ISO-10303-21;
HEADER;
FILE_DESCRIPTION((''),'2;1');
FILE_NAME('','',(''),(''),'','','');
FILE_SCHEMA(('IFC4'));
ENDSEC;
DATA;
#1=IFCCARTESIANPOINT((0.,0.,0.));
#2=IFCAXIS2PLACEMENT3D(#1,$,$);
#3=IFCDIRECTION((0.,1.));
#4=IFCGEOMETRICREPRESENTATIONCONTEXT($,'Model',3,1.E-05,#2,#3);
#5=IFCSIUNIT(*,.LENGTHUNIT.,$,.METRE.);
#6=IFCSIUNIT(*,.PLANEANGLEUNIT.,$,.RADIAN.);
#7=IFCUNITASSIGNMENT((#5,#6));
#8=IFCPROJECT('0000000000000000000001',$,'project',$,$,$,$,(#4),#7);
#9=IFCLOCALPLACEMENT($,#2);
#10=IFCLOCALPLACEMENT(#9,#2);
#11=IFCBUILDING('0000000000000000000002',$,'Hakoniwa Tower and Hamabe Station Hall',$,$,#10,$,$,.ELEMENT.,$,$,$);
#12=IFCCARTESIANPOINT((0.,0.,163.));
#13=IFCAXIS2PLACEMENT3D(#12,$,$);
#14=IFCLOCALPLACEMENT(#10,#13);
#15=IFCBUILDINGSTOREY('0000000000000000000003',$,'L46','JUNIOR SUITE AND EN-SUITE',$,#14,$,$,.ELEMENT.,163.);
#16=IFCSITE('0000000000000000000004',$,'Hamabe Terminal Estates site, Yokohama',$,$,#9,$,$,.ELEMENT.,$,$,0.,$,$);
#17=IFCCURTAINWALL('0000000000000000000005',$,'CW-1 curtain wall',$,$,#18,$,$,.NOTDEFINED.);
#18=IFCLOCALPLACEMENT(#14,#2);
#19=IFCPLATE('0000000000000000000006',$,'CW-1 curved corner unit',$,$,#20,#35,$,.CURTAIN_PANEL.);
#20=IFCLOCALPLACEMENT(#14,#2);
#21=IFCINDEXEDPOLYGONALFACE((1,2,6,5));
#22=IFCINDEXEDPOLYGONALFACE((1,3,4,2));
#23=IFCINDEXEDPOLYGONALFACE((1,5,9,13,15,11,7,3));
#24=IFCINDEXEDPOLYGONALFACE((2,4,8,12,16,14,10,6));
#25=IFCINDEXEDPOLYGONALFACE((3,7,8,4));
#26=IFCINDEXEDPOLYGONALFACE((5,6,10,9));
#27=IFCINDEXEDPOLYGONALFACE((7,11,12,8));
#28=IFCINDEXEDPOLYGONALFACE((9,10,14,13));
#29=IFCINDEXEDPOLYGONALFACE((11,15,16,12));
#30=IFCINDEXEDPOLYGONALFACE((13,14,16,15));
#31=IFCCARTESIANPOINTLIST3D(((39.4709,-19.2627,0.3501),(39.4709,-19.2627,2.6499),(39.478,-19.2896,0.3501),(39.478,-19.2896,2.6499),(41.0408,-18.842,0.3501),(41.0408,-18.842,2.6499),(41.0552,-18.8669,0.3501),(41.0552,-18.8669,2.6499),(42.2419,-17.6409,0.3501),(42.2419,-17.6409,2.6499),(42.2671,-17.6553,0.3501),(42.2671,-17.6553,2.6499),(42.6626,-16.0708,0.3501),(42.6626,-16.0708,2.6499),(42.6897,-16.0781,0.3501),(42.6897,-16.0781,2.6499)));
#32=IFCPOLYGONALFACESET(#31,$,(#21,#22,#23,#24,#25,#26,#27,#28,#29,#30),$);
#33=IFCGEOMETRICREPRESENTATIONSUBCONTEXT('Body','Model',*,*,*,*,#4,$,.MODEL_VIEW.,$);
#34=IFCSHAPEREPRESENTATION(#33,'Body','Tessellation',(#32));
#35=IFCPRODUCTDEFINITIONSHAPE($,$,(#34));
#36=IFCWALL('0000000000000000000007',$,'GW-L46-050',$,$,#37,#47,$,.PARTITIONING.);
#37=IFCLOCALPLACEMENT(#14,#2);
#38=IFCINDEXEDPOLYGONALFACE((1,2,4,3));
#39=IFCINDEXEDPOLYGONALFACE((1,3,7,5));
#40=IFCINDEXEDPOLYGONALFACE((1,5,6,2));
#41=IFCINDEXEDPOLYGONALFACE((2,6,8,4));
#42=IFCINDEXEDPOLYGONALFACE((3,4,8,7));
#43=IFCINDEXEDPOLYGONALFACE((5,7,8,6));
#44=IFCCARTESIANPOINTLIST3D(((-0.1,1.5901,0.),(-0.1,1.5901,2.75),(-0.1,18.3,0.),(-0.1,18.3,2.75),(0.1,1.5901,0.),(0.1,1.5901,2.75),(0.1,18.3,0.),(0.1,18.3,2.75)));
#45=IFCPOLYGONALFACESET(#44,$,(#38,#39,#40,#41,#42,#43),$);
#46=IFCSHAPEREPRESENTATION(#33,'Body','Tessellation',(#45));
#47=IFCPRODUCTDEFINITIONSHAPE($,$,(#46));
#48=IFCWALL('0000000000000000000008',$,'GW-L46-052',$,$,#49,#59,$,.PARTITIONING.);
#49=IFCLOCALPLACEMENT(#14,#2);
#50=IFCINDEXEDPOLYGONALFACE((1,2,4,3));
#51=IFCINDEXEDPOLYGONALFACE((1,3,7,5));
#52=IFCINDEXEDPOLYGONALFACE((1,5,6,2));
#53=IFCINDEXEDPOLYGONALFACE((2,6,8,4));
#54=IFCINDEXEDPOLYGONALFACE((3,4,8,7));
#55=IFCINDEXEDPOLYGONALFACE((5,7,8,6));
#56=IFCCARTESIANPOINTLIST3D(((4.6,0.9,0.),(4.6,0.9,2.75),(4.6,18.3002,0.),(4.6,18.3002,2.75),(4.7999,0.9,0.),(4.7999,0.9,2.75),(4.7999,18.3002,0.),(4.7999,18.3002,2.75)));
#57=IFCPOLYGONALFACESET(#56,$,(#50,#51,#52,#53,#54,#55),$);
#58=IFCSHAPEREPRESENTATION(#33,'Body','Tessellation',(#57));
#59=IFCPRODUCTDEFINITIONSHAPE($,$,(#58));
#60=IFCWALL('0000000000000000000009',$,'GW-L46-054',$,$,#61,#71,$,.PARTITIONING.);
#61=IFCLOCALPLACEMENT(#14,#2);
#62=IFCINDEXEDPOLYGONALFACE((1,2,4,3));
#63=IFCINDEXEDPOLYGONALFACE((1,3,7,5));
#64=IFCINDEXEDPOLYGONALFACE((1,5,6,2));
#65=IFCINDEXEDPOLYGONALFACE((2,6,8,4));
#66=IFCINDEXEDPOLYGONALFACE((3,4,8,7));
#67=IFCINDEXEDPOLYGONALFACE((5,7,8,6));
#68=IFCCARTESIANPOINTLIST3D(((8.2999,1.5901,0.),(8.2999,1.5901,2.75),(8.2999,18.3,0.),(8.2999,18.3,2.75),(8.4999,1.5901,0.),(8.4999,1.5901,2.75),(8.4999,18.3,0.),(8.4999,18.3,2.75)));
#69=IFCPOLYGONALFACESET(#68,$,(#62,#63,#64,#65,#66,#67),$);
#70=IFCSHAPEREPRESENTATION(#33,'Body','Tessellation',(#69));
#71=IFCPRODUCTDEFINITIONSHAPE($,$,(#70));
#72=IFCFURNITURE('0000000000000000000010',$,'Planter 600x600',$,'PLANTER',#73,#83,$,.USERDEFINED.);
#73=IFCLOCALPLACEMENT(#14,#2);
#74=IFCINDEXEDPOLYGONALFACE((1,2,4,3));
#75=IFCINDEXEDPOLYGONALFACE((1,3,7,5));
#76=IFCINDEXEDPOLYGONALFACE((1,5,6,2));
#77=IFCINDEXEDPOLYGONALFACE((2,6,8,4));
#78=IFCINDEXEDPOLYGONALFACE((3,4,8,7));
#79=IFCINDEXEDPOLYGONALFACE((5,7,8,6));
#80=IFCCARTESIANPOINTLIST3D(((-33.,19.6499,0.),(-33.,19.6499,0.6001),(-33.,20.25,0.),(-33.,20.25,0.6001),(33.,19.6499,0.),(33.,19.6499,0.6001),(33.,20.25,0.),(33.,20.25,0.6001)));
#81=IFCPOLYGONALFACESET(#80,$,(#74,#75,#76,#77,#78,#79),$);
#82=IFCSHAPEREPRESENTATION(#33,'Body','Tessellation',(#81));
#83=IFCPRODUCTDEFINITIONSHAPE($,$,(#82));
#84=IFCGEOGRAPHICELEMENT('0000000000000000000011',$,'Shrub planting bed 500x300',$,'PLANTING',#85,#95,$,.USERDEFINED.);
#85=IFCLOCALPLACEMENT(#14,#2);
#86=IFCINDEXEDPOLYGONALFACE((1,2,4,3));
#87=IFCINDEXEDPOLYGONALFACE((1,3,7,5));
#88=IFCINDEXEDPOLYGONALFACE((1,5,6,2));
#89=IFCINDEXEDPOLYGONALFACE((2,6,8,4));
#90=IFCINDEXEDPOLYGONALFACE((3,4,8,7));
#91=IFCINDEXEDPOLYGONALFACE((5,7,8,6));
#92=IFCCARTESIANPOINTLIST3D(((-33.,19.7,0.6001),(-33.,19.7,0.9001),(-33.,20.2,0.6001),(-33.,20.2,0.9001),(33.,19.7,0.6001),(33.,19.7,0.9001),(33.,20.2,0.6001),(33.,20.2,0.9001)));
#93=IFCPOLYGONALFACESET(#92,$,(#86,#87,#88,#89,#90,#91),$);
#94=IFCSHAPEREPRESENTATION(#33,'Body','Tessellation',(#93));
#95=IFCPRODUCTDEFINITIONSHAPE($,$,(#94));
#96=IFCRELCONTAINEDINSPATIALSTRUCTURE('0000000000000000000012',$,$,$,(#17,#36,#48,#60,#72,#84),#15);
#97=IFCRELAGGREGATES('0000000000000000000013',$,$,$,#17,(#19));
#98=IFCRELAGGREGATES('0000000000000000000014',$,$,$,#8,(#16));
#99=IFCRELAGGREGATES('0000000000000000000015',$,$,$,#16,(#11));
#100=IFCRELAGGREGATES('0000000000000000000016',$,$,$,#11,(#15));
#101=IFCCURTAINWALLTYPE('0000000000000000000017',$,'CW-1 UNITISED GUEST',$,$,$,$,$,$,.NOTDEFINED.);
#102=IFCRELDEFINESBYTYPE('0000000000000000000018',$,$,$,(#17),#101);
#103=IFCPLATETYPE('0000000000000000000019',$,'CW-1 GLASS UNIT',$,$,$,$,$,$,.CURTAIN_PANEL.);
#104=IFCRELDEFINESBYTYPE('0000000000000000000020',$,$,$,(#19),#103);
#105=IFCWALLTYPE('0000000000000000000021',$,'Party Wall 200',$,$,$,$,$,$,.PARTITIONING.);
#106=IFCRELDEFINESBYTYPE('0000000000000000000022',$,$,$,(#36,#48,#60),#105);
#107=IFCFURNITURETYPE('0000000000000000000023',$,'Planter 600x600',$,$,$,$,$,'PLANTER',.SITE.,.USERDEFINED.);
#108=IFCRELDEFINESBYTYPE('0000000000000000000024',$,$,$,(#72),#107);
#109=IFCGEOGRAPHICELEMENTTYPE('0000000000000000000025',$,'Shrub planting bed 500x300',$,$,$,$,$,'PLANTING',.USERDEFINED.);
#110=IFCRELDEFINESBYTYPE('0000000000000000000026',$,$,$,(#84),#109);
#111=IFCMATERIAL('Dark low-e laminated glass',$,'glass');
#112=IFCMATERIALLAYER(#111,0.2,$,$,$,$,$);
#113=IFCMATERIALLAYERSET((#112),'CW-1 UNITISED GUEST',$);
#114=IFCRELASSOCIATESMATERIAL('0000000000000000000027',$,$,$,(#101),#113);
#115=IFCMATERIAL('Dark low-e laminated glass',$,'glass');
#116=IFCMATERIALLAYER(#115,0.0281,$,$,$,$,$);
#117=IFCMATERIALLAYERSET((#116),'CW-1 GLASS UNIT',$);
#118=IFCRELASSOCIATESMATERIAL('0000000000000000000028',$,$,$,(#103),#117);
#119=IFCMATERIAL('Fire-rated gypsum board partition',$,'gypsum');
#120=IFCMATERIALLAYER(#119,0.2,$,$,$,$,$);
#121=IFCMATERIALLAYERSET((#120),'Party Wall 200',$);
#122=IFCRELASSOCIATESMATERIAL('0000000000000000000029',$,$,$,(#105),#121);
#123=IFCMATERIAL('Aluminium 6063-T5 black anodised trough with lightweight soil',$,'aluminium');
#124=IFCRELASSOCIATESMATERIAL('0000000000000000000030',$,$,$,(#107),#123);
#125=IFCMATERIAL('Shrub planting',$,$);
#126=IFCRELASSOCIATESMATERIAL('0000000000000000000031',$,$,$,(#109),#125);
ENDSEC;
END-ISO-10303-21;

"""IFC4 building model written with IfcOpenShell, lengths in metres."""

from ifc_helpers import new_model, si_unit, direction, frame, frame_2d, origin, origin_2d, place, context, subcontext, project, spatial, polyline, rectangle, outline, extrude, material, layer, layer_set, type_object, element, aggregate, save


model = new_model("IFC4")

# Units and contexts
model_context = context("Model", 3, precision=1e-05, world=origin(), true_north=direction((0.0, 1.0)))
body_context = subcontext(model_context, "Body", "Model", "MODEL_VIEW")
ifc_project = project(units=[si_unit("LENGTHUNIT", "METRE"), si_unit("PLANEANGLEUNIT", "RADIAN")], contexts=[model_context])

# Site, building, storey
site_placement = place(None, origin())
site = spatial("IfcSite", under=ifc_project, at=site_placement, Name="Hamabe Terminal Estates site, Yokohama", CompositionType="ELEMENT", RefElevation=0.0)
building_placement = place(site_placement, origin())
building = spatial("IfcBuilding", under=site, at=building_placement, Name="Hakoniwa Tower and Hamabe Station Hall", CompositionType="ELEMENT")
storey_placement = place(building_placement, frame((0.0, 0.0, 163.0)))
storey = spatial("IfcBuildingStorey", under=building, at=storey_placement, Name="L46", Description="JUNIOR SUITE AND EN-SUITE", CompositionType="ELEMENT", Elevation=163.0)

# Curtain wall
ifc_material_1 = material(Name="Dark low-e laminated glass", Category="glass")
ifc_layer_1 = layer(ifc_material_1, 0.2)
ifc_layer_set_1 = layer_set([ifc_layer_1], Name="CW-1 UNITISED GUEST")
curtain_wall_type = type_object("IfcCurtainWallType", Name="CW-1 UNITISED GUEST", PredefinedType="NOTDEFINED", material=ifc_layer_set_1)
curtain_wall_1_placement = place(storey_placement, origin())
curtain_wall_1 = element("IfcCurtainWall", 1, at=curtain_wall_1_placement, inside=storey, type_object=curtain_wall_type, Name="CW-1 curtain wall", PredefinedType="NOTDEFINED")

# Plate
ifc_material_2 = material(Name="Dark low-e laminated glass", Category="glass")
ifc_layer_2 = layer(ifc_material_2, 0.0281)
ifc_layer_set_2 = layer_set([ifc_layer_2], Name="CW-1 GLASS UNIT")
plate_type = type_object("IfcPlateType", Name="CW-1 GLASS UNIT", PredefinedType="CURTAIN_PANEL", material=ifc_layer_set_2)
plate_1_placement = place(storey_placement, frame((0.0, 0.0, 0.3501)))
plate_1 = element("IfcPlate", 2, at=plate_1_placement, type_object=plate_type, Name="CW-1 curved corner unit", PredefinedType="CURTAIN_PANEL", context=body_context, shape_type="SweptSolid", body=[
    extrude(outline(polyline([(39.478, -19.2896), (41.0552, -18.8669), (42.2671, -17.6553), (42.6897, -16.0781), (42.6626, -16.0708), (42.2419, -17.6409), (41.0408, -18.842), (39.4709, -19.2627), (39.478, -19.2896)])), origin(), (0.0, 0.0, 1.0), 2.2998),
])
aggregate(curtain_wall_1, [plate_1])

# Walls
ifc_material_3 = material(Name="Fire-rated gypsum board partition", Category="gypsum")
ifc_layer_3 = layer(ifc_material_3, 0.2)
ifc_layer_set_3 = layer_set([ifc_layer_3], Name="Party Wall 200")
wall_type = type_object("IfcWallType", Name="Party Wall 200", PredefinedType="PARTITIONING", material=ifc_layer_set_3)
wall_1_placement = place(storey_placement, frame((0.0, 1.5901, 0.0), z_axis=(0.0, 0.0, 1.0), x_axis=(0.0, 1.0, 0.0)))
element("IfcWall", 3, at=wall_1_placement, inside=storey, type_object=wall_type, Name="GW-L46-050", PredefinedType="PARTITIONING", context=body_context, shape_type="SweptSolid", body=[
    extrude(rectangle(XDim=16.71, YDim=0.2, at=frame_2d((8.355, 0.0))), origin(), (0.0, 0.0, 1.0), 2.75),
])
wall_2_placement = place(storey_placement, frame((4.7, 0.8999, 0.0), z_axis=(0.0, 0.0, 1.0), x_axis=(0.0, 1.0, 0.0)))
element("IfcWall", 4, at=wall_2_placement, inside=storey, type_object=wall_type, Name="GW-L46-052", PredefinedType="PARTITIONING", context=body_context, shape_type="SweptSolid", body=[
    extrude(rectangle(XDim=17.4001, YDim=0.2, at=frame_2d((8.7002, 0.0))), origin(), (0.0, 0.0, 1.0), 2.75),
])
wall_3_placement = place(storey_placement, frame((8.3999, 1.5901, 0.0), z_axis=(0.0, 0.0, 1.0), x_axis=(0.0, 1.0, 0.0)))
element("IfcWall", 5, at=wall_3_placement, inside=storey, type_object=wall_type, Name="GW-L46-054", PredefinedType="PARTITIONING", context=body_context, shape_type="SweptSolid", body=[
    extrude(rectangle(XDim=16.71, YDim=0.2, at=frame_2d((8.355, 0.0))), origin(), (0.0, 0.0, 1.0), 2.75),
])

# Furniture
ifc_material_4 = material(Name="Aluminium 6063-T5 black anodised trough with lightweight soil", Category="aluminium")
furniture_type = type_object("IfcFurnitureType", Name="Planter 600x600", ElementType="PLANTER", AssemblyPlace="SITE", PredefinedType="USERDEFINED", material=ifc_material_4)
furniture_placement = place(storey_placement, frame((0.0, 19.95, 0.0), z_axis=(0.0, 0.0, 1.0), x_axis=(1.0, 0.0, 0.0)))
element("IfcFurniture", 6, at=furniture_placement, inside=storey, type_object=furniture_type, Name="Planter 600x600", ObjectType="PLANTER", PredefinedType="USERDEFINED", context=body_context, shape_type="SweptSolid", body=[
    extrude(rectangle(XDim=66.0, YDim=0.6001, at=origin_2d()), origin(), (0.0, 0.0, 1.0), 0.6001),
])

# Geographic element
ifc_material_5 = material(Name="Shrub planting")
geographic_element_type = type_object("IfcGeographicElementType", Name="Shrub planting bed 500x300", ElementType="PLANTING", PredefinedType="USERDEFINED", material=ifc_material_5)
geographic_element_placement = place(storey_placement, frame((0.0, 19.95, 0.6001), z_axis=(0.0, 0.0, 1.0), x_axis=(1.0, 0.0, 0.0)))
element("IfcGeographicElement", 7, at=geographic_element_placement, inside=storey, type_object=geographic_element_type, Name="Shrub planting bed 500x300", ObjectType="PLANTING", PredefinedType="USERDEFINED", context=body_context, shape_type="SweptSolid", body=[
    extrude(rectangle(XDim=66.0, YDim=0.5, at=origin_2d()), origin(), (0.0, 0.0, 1.0), 0.3),
])

save(model, "model.ifc")
